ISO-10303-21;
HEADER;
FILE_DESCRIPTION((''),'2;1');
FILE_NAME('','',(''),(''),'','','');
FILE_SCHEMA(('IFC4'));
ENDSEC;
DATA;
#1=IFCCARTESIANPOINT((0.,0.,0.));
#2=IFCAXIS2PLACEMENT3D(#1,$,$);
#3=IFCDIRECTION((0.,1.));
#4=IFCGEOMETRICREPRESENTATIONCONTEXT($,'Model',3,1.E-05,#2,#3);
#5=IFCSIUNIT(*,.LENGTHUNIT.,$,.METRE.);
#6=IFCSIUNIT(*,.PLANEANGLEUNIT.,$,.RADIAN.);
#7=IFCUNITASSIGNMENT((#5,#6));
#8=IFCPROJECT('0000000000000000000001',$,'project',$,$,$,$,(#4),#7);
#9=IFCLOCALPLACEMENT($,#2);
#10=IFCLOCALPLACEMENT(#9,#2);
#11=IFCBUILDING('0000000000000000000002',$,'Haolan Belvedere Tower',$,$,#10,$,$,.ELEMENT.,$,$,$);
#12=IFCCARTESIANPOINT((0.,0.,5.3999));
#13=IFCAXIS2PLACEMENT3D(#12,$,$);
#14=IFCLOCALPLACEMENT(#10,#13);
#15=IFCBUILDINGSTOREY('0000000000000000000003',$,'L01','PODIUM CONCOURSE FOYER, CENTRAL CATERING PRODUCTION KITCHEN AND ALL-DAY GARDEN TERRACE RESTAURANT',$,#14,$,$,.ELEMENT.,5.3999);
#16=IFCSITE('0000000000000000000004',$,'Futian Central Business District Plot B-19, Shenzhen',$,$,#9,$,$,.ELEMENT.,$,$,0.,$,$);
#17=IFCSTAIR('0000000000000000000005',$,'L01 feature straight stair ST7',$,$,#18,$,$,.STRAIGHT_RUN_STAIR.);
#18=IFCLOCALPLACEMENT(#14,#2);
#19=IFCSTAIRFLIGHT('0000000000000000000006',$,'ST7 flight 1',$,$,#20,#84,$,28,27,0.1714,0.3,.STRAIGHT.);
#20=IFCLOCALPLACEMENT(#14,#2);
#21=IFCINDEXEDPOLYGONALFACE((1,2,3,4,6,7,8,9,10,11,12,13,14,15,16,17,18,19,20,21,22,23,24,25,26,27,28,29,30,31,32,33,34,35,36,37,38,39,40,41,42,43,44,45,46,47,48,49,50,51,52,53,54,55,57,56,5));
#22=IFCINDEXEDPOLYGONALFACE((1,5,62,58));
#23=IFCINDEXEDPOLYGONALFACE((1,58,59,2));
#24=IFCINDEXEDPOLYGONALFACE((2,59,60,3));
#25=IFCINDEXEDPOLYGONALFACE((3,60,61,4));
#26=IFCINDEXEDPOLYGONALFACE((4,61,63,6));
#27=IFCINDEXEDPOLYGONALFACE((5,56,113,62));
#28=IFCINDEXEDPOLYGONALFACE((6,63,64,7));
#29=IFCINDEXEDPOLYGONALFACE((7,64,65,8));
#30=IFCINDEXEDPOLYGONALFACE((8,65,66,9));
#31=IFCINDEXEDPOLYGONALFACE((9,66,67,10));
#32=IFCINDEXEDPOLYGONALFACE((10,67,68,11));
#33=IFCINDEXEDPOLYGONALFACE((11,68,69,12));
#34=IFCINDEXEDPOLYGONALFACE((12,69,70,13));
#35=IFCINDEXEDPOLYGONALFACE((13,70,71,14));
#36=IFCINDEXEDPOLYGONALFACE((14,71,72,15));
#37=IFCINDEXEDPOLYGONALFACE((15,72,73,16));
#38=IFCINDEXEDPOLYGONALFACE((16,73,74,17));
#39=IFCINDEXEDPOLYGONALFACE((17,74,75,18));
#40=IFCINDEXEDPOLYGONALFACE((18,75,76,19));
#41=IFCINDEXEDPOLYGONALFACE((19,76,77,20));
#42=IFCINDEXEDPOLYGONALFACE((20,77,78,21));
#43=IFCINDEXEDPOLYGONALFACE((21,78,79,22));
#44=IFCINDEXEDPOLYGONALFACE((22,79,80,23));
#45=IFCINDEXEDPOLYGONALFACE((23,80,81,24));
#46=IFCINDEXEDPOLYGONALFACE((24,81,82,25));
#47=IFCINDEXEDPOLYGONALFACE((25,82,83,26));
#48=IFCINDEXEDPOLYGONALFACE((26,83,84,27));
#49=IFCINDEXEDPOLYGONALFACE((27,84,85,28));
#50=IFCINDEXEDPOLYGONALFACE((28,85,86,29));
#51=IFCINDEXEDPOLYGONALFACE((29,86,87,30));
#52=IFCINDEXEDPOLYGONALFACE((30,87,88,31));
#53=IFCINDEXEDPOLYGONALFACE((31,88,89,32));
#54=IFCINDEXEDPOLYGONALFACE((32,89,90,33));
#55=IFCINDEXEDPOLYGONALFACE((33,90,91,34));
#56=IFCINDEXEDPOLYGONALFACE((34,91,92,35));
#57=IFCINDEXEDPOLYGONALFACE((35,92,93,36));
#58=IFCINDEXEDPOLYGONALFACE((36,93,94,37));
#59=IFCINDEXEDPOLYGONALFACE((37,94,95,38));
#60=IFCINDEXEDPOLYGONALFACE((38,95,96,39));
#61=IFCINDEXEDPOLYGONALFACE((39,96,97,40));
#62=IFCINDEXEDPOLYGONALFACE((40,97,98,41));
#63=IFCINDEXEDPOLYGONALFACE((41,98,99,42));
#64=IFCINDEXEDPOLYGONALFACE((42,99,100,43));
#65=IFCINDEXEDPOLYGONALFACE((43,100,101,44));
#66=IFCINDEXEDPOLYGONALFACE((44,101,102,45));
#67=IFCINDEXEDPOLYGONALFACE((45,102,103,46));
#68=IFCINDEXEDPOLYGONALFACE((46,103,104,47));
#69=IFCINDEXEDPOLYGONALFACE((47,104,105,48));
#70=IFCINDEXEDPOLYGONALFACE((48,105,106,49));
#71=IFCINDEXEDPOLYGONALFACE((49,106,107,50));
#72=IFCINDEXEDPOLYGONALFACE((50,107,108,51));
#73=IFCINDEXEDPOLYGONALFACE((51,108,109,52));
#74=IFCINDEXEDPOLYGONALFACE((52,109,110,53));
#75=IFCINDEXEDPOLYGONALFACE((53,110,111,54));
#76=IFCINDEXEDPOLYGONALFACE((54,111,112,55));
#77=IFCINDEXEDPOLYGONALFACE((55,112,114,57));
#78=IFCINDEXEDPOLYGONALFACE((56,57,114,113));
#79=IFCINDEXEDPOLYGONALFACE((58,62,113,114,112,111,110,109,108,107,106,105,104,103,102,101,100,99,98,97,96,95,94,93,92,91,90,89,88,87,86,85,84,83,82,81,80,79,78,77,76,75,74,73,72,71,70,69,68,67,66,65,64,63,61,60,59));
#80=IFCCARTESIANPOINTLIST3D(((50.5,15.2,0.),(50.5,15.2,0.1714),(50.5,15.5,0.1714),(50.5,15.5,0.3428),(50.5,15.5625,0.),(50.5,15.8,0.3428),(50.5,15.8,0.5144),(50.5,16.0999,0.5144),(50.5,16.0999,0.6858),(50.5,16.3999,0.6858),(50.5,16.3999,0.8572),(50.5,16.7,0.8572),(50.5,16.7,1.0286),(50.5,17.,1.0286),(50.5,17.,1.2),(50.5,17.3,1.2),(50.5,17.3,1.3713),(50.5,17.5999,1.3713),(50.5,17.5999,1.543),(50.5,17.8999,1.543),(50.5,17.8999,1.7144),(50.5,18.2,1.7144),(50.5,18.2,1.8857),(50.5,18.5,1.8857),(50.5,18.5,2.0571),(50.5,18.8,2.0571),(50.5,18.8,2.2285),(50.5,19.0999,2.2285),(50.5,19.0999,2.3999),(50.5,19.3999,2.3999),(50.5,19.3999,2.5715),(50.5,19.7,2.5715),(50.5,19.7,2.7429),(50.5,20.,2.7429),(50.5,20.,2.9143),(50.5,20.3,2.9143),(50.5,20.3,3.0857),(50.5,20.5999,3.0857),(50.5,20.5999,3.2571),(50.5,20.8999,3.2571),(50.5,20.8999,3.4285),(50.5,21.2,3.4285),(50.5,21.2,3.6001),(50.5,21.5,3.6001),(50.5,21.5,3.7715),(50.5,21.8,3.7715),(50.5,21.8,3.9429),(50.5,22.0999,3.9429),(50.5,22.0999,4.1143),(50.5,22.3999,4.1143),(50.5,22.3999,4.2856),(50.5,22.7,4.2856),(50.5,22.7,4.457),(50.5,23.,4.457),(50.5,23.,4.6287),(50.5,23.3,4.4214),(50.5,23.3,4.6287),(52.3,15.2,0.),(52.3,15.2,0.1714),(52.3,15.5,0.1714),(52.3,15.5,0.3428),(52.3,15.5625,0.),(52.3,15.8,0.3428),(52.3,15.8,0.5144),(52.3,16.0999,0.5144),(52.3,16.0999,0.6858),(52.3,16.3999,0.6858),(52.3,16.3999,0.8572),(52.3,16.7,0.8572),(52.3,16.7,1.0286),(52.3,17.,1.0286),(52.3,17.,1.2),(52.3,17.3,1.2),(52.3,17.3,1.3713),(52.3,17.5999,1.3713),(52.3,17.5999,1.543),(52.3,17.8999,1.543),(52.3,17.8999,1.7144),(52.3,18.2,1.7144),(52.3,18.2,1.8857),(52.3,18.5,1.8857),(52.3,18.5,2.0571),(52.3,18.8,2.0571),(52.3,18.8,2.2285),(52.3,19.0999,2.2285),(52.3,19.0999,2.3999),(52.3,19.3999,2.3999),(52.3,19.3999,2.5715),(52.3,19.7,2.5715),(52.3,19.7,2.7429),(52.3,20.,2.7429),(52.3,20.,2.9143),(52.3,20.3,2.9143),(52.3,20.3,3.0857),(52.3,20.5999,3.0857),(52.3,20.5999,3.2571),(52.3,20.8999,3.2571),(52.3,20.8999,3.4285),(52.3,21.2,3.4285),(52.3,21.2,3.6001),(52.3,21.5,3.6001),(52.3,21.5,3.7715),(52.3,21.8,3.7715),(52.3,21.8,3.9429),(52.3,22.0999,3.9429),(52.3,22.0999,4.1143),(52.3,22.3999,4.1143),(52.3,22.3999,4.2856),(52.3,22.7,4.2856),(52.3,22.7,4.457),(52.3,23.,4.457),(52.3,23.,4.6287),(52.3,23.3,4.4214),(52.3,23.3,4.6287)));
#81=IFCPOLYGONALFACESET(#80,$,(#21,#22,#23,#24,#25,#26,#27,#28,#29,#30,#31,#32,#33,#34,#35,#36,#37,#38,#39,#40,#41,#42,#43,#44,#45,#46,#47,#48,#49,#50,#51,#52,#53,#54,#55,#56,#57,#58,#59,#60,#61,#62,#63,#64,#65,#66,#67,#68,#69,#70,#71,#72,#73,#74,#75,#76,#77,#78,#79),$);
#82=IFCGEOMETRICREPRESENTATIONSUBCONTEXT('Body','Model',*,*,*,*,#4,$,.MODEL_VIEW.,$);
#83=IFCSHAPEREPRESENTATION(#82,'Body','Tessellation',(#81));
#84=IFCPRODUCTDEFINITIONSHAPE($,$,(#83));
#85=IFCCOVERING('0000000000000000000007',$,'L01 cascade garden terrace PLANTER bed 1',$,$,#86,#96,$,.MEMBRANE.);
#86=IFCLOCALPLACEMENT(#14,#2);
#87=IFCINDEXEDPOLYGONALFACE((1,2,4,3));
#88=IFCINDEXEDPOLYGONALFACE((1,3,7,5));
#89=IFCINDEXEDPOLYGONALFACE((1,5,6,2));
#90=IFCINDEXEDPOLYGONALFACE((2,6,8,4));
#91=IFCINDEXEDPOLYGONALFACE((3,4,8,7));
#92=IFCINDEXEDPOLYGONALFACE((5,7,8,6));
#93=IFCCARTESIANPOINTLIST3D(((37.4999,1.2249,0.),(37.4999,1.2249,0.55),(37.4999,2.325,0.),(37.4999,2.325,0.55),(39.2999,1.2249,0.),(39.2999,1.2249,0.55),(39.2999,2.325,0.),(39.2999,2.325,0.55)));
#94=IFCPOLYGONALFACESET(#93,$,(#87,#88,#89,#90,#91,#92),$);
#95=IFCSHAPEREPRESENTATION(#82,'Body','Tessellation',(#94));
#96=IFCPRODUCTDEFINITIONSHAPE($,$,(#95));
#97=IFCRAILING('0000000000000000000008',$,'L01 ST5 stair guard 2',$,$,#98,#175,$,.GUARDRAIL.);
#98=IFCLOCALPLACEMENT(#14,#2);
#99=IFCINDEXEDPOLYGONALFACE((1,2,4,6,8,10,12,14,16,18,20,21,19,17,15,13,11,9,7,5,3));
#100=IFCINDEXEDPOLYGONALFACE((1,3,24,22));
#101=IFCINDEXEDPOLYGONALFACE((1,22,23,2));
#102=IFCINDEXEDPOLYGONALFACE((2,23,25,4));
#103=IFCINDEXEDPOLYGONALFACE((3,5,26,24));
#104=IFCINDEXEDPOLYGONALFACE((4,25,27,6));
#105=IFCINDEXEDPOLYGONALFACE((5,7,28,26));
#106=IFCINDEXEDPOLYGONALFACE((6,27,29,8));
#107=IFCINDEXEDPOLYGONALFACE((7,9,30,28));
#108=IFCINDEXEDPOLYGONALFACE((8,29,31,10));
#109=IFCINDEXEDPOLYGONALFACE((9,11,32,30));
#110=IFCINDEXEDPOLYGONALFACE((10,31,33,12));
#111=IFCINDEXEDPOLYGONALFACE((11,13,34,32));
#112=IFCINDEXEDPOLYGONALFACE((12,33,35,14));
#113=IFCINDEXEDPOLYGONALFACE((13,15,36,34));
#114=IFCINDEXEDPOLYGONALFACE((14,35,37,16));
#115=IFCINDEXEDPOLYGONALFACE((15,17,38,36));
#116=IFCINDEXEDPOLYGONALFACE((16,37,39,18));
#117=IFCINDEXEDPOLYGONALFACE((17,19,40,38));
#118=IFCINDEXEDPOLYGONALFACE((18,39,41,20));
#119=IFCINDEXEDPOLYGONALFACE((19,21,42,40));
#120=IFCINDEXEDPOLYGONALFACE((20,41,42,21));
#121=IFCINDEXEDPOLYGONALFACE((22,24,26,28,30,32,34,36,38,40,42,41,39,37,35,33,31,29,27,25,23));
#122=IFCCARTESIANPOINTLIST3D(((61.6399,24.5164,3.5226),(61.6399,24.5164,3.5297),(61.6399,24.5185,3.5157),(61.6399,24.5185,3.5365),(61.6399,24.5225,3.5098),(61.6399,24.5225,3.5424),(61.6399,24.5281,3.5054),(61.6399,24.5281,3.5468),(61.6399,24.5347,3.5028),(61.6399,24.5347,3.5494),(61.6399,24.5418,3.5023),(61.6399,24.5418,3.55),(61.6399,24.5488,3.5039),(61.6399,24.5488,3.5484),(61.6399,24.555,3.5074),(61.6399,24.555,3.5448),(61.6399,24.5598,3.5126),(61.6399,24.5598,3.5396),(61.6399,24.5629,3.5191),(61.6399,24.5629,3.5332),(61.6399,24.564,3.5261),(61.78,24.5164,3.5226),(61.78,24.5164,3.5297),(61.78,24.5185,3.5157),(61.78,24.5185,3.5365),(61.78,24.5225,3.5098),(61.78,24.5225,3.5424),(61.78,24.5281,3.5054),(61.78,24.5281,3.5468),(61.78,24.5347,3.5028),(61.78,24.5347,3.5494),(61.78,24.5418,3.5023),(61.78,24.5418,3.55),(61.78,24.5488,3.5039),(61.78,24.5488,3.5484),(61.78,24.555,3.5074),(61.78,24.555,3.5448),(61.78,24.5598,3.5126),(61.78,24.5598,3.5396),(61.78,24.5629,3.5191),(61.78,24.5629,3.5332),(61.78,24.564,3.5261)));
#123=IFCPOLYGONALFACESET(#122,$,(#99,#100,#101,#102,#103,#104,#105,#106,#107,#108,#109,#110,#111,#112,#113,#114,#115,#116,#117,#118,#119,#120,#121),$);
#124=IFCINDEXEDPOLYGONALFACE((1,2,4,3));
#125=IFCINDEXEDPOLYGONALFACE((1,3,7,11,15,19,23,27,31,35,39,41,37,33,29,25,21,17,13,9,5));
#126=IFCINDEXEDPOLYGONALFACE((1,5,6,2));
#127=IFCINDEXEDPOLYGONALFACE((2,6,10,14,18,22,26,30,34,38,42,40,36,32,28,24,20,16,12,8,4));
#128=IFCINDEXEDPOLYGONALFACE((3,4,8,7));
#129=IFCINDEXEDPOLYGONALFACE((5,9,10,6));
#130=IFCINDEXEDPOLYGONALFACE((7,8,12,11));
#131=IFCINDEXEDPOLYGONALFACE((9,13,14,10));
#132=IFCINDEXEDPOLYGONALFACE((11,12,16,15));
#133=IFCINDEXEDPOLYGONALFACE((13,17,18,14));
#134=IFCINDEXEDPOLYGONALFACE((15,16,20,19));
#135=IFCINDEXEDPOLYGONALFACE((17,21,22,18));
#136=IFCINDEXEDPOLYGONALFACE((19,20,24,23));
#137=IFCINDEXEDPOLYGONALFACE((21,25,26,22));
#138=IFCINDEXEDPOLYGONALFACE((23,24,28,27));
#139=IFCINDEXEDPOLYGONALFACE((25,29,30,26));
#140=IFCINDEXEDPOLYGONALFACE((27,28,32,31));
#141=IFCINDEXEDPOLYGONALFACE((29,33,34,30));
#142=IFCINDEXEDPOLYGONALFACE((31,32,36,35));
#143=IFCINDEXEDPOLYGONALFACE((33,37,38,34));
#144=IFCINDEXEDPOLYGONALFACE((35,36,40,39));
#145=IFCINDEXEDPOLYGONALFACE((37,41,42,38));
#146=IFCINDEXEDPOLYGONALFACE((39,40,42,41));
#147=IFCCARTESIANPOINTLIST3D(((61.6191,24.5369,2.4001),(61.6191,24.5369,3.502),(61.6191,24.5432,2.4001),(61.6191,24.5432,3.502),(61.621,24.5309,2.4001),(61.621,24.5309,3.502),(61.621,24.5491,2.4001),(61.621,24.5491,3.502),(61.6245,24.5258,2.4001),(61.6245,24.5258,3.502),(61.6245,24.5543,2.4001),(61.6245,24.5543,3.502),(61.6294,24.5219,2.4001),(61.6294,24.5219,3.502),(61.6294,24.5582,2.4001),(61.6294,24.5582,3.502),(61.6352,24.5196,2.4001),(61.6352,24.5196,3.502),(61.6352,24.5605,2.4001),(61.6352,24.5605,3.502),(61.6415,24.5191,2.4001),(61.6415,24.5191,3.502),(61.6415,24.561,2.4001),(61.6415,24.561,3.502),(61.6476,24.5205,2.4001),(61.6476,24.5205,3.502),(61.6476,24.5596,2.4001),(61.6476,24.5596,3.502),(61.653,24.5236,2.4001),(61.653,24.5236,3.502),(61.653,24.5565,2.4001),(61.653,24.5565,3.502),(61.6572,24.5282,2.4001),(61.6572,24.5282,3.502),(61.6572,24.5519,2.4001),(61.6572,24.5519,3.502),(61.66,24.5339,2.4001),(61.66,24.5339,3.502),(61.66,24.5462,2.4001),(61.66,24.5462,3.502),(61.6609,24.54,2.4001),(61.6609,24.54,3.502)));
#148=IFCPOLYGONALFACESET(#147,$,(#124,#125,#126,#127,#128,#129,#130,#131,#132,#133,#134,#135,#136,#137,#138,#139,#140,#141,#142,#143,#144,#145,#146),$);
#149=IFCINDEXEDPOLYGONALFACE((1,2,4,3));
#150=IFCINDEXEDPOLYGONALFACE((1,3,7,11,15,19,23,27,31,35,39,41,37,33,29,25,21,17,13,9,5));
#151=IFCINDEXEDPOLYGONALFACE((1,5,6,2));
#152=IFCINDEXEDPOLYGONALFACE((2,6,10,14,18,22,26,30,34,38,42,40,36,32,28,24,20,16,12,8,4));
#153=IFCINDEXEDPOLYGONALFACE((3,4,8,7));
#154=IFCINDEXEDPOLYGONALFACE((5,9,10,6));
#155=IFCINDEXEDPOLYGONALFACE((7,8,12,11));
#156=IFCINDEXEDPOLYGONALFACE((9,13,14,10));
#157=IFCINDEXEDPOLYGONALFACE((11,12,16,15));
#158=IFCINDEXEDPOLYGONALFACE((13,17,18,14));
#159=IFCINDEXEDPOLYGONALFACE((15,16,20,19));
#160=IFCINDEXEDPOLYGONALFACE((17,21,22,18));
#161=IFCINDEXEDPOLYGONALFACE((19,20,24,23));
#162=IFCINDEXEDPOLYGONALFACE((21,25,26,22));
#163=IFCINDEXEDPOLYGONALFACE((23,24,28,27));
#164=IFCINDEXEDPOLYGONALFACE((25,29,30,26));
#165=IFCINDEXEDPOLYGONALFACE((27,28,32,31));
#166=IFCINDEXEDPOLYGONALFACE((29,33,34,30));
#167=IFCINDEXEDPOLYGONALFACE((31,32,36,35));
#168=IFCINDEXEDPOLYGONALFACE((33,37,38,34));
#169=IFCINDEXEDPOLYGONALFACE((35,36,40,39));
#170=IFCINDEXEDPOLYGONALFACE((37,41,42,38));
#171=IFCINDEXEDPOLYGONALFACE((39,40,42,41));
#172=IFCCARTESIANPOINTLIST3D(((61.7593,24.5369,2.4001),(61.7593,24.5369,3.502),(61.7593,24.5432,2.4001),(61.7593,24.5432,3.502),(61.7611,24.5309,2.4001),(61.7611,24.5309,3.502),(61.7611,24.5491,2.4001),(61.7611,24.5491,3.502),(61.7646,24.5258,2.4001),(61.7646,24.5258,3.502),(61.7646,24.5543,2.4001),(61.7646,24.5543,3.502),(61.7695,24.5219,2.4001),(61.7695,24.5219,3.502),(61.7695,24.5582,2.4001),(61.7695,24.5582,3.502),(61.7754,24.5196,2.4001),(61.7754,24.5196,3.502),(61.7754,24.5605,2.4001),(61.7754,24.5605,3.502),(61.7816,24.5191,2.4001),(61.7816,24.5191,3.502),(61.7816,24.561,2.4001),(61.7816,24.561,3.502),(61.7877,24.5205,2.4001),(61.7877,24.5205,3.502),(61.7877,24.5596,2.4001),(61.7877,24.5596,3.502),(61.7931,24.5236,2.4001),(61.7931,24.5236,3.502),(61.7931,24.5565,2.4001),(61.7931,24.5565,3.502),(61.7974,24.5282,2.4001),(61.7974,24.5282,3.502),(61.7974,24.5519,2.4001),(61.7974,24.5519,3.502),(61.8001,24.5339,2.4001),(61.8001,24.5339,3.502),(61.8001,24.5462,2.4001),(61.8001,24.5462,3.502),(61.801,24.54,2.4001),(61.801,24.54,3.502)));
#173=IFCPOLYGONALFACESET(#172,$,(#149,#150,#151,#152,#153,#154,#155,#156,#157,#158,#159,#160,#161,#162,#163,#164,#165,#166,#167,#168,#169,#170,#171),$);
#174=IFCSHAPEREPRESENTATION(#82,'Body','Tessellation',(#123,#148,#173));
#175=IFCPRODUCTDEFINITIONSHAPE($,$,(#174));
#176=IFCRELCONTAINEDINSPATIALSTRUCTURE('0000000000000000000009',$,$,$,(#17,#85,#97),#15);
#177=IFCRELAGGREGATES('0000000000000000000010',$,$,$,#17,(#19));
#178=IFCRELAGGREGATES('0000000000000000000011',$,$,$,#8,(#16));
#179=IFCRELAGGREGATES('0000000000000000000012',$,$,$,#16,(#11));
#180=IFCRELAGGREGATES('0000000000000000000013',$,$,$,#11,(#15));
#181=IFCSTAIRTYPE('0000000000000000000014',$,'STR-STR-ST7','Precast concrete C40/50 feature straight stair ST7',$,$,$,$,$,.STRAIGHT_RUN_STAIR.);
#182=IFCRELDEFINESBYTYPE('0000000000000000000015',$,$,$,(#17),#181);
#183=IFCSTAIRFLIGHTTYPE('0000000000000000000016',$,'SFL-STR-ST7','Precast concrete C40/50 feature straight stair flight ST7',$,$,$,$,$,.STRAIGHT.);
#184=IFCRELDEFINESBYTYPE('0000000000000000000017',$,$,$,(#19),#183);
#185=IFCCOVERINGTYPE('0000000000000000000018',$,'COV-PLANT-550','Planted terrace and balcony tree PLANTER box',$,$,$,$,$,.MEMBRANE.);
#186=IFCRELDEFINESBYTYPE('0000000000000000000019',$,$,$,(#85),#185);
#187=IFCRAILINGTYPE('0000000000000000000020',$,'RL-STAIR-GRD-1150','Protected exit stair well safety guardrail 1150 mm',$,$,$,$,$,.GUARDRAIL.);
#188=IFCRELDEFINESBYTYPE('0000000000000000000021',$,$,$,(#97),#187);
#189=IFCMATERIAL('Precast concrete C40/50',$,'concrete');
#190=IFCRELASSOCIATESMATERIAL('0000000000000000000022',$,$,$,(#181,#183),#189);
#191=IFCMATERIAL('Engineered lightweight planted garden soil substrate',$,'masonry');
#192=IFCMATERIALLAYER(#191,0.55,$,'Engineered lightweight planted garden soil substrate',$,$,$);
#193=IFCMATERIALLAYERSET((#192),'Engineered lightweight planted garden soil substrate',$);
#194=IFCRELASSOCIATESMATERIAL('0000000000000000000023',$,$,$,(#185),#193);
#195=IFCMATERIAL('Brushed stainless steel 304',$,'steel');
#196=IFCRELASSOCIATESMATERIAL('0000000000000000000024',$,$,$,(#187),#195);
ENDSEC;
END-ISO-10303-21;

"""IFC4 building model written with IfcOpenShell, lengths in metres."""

from ifc_helpers import new_model, si_unit, direction, frame, origin, origin_2d, place, context, subcontext, project, spatial, polyline, rectangle, circle, outline, extrude, material, layer, layer_set, type_object, element, aggregate, save


model = new_model("IFC4")

# Units and contexts
model_context = context("Model", 3, precision=1e-05, world=origin(), true_north=direction((0.0, 1.0)))
body_context = subcontext(model_context, "Body", "Model", "MODEL_VIEW")
ifc_project = project(units=[si_unit("LENGTHUNIT", "METRE"), si_unit("PLANEANGLEUNIT", "RADIAN")], contexts=[model_context])

# Site, building, storey
site_placement = place(None, origin())
site = spatial("IfcSite", under=ifc_project, at=site_placement, Name="Futian Central Business District Plot B-19, Shenzhen", CompositionType="ELEMENT", RefElevation=0.0)
building_placement = place(site_placement, origin())
building = spatial("IfcBuilding", under=site, at=building_placement, Name="Haolan Belvedere Tower", CompositionType="ELEMENT")
storey_placement = place(building_placement, frame((0.0, 0.0, 5.3999)))
storey = spatial("IfcBuildingStorey", under=building, at=storey_placement, Name="L01", Description="PODIUM CONCOURSE FOYER, CENTRAL CATERING PRODUCTION KITCHEN AND ALL-DAY GARDEN TERRACE RESTAURANT", CompositionType="ELEMENT", Elevation=5.3999)

# Stair, stair flight
ifc_material_1 = material(Name="Precast concrete C40/50", Category="concrete")
stair_type_1 = type_object("IfcStairType", Name="STR-STR-ST7", Description="Precast concrete C40/50 feature straight stair ST7", PredefinedType="STRAIGHT_RUN_STAIR", material=ifc_material_1)
stair_1_placement = place(storey_placement, origin())
stair_1 = element("IfcStair", 1, at=stair_1_placement, inside=storey, type_object=stair_type_1, Name="L01 feature straight stair ST7", PredefinedType="STRAIGHT_RUN_STAIR")
stair_flight_type_1 = type_object("IfcStairFlightType", Name="SFL-STR-ST7", Description="Precast concrete C40/50 feature straight stair flight ST7", PredefinedType="STRAIGHT", material=ifc_material_1)
stair_flight_1_placement = place(storey_placement, frame((51.3999, 15.2, 0.0), z_axis=(0.0, 0.0, 1.0), x_axis=(0.0, 1.0, 0.0)))
stair_flight_1 = element("IfcStairFlight", 2, at=stair_flight_1_placement, type_object=stair_flight_type_1, Name="ST7 flight 1", NumberOfRisers=28, NumberOfTreads=27, PredefinedType="STRAIGHT", RiserHeight=0.1714, TreadLength=0.3, context=body_context, shape_type="SweptSolid", body=[
    extrude(outline(polyline([(0.0, 0.0), (0.0, 0.1714), (0.3, 0.1714), (0.3, 0.3428), (0.6001, 0.3428), (0.6001, 0.5144), (0.8999, 0.5144), (0.8999, 0.6858), (1.2, 0.6858), (1.2, 0.8572), (1.5, 0.8572), (1.5, 1.0286), (1.8, 1.0286), (1.8, 1.2), (2.1001, 1.2), (2.1001, 1.3713), (2.3999, 1.3713), (2.3999, 1.543), (2.7, 1.543), (2.7, 1.7144), (3.0, 1.7144), (3.0, 1.8857), (3.3, 1.8857), (3.3, 2.0571), (3.6001, 2.0571), (3.6001, 2.2285), (3.8999, 2.2285), (3.8999, 2.3999), (4.2, 2.3999), (4.2, 2.5715), (4.5, 2.5715), (4.5, 2.7429), (4.8, 2.7429), (4.8, 2.9143), (5.1001, 2.9143), (5.1001, 3.0857), (5.3999, 3.0857), (5.3999, 3.2571), (5.7, 3.2571), (5.7, 3.4285), (6.0, 3.4285), (6.0, 3.6001), (6.3, 3.6001), (6.3, 3.7715), (6.6001, 3.7715), (6.6001, 3.9429), (6.8999, 3.9429), (6.8999, 4.1143), (7.2, 4.1143), (7.2, 4.2856), (7.5, 4.2856), (7.5, 4.457), (7.8, 4.457), (7.8, 4.6287), (8.1001, 4.6287), (8.1001, 4.8), (8.1001, 4.4214), (0.3625, 0.0), (0.0, 0.0)])), frame((0.0, 0.8999, 0.0), z_axis=(0.0, -1.0, 0.0), x_axis=(1.0, 0.0, 0.0)), (0.0, 0.0, 1.0), 1.8),
])
aggregate(stair_1, [stair_flight_1])

# Covering
ifc_material_2 = material(Name="Engineered lightweight planted garden soil substrate", Category="masonry")
ifc_layer_1 = layer(ifc_material_2, 0.55, Name="Engineered lightweight planted garden soil substrate")
ifc_layer_set_1 = layer_set([ifc_layer_1], Name="Engineered lightweight planted garden soil substrate")
covering_type = type_object("IfcCoveringType", Name="COV-PLANT-550", Description="Planted terrace and balcony tree PLANTER box", PredefinedType="MEMBRANE", material=ifc_layer_set_1)
covering_placement = place(storey_placement, frame((38.3999, 1.7749, 0.0), z_axis=(0.0, 0.0, 1.0), x_axis=(1.0, 0.0, 0.0)))
element("IfcCovering", 3, at=covering_placement, inside=storey, type_object=covering_type, Name="L01 cascade garden terrace PLANTER bed 1", PredefinedType="MEMBRANE", context=body_context, shape_type="SweptSolid", body=[
    extrude(rectangle(XDim=1.8, YDim=1.1001, at=origin_2d()), origin(), (0.0, 0.0, 1.0), 0.55),
])

# Railing
ifc_material_3 = material(Name="Brushed stainless steel 304", Category="steel")
railing_type_1 = type_object("IfcRailingType", Name="RL-STAIR-GRD-1150", Description="Protected exit stair well safety guardrail 1150 mm", PredefinedType="GUARDRAIL", material=ifc_material_3)
railing_1_placement = place(storey_placement, frame((61.6399, 24.54, 2.4001)))
element("IfcRailing", 4, at=railing_1_placement, inside=storey, type_object=railing_type_1, Name="L01 ST5 stair guard 2", PredefinedType="GUARDRAIL", context=body_context, shape_type="SweptSolid", body=[
    extrude(circle(Radius=0.0239, at=origin_2d()), frame((0.0, 0.0, 1.126), z_axis=(1.0, 0.0, 0.0), x_axis=(0.0, 1.0, 0.0)), (0.0, 0.0, 1.0), 0.1401),
    extrude(circle(Radius=0.021, at=origin_2d()), origin(), (0.0, 0.0, 1.0), 1.1018),
    extrude(circle(Radius=0.021, at=origin_2d()), frame((0.1401, 0.0, 0.0)), (0.0, 0.0, 1.0), 1.1018),
])

save(model, "model.ifc")
